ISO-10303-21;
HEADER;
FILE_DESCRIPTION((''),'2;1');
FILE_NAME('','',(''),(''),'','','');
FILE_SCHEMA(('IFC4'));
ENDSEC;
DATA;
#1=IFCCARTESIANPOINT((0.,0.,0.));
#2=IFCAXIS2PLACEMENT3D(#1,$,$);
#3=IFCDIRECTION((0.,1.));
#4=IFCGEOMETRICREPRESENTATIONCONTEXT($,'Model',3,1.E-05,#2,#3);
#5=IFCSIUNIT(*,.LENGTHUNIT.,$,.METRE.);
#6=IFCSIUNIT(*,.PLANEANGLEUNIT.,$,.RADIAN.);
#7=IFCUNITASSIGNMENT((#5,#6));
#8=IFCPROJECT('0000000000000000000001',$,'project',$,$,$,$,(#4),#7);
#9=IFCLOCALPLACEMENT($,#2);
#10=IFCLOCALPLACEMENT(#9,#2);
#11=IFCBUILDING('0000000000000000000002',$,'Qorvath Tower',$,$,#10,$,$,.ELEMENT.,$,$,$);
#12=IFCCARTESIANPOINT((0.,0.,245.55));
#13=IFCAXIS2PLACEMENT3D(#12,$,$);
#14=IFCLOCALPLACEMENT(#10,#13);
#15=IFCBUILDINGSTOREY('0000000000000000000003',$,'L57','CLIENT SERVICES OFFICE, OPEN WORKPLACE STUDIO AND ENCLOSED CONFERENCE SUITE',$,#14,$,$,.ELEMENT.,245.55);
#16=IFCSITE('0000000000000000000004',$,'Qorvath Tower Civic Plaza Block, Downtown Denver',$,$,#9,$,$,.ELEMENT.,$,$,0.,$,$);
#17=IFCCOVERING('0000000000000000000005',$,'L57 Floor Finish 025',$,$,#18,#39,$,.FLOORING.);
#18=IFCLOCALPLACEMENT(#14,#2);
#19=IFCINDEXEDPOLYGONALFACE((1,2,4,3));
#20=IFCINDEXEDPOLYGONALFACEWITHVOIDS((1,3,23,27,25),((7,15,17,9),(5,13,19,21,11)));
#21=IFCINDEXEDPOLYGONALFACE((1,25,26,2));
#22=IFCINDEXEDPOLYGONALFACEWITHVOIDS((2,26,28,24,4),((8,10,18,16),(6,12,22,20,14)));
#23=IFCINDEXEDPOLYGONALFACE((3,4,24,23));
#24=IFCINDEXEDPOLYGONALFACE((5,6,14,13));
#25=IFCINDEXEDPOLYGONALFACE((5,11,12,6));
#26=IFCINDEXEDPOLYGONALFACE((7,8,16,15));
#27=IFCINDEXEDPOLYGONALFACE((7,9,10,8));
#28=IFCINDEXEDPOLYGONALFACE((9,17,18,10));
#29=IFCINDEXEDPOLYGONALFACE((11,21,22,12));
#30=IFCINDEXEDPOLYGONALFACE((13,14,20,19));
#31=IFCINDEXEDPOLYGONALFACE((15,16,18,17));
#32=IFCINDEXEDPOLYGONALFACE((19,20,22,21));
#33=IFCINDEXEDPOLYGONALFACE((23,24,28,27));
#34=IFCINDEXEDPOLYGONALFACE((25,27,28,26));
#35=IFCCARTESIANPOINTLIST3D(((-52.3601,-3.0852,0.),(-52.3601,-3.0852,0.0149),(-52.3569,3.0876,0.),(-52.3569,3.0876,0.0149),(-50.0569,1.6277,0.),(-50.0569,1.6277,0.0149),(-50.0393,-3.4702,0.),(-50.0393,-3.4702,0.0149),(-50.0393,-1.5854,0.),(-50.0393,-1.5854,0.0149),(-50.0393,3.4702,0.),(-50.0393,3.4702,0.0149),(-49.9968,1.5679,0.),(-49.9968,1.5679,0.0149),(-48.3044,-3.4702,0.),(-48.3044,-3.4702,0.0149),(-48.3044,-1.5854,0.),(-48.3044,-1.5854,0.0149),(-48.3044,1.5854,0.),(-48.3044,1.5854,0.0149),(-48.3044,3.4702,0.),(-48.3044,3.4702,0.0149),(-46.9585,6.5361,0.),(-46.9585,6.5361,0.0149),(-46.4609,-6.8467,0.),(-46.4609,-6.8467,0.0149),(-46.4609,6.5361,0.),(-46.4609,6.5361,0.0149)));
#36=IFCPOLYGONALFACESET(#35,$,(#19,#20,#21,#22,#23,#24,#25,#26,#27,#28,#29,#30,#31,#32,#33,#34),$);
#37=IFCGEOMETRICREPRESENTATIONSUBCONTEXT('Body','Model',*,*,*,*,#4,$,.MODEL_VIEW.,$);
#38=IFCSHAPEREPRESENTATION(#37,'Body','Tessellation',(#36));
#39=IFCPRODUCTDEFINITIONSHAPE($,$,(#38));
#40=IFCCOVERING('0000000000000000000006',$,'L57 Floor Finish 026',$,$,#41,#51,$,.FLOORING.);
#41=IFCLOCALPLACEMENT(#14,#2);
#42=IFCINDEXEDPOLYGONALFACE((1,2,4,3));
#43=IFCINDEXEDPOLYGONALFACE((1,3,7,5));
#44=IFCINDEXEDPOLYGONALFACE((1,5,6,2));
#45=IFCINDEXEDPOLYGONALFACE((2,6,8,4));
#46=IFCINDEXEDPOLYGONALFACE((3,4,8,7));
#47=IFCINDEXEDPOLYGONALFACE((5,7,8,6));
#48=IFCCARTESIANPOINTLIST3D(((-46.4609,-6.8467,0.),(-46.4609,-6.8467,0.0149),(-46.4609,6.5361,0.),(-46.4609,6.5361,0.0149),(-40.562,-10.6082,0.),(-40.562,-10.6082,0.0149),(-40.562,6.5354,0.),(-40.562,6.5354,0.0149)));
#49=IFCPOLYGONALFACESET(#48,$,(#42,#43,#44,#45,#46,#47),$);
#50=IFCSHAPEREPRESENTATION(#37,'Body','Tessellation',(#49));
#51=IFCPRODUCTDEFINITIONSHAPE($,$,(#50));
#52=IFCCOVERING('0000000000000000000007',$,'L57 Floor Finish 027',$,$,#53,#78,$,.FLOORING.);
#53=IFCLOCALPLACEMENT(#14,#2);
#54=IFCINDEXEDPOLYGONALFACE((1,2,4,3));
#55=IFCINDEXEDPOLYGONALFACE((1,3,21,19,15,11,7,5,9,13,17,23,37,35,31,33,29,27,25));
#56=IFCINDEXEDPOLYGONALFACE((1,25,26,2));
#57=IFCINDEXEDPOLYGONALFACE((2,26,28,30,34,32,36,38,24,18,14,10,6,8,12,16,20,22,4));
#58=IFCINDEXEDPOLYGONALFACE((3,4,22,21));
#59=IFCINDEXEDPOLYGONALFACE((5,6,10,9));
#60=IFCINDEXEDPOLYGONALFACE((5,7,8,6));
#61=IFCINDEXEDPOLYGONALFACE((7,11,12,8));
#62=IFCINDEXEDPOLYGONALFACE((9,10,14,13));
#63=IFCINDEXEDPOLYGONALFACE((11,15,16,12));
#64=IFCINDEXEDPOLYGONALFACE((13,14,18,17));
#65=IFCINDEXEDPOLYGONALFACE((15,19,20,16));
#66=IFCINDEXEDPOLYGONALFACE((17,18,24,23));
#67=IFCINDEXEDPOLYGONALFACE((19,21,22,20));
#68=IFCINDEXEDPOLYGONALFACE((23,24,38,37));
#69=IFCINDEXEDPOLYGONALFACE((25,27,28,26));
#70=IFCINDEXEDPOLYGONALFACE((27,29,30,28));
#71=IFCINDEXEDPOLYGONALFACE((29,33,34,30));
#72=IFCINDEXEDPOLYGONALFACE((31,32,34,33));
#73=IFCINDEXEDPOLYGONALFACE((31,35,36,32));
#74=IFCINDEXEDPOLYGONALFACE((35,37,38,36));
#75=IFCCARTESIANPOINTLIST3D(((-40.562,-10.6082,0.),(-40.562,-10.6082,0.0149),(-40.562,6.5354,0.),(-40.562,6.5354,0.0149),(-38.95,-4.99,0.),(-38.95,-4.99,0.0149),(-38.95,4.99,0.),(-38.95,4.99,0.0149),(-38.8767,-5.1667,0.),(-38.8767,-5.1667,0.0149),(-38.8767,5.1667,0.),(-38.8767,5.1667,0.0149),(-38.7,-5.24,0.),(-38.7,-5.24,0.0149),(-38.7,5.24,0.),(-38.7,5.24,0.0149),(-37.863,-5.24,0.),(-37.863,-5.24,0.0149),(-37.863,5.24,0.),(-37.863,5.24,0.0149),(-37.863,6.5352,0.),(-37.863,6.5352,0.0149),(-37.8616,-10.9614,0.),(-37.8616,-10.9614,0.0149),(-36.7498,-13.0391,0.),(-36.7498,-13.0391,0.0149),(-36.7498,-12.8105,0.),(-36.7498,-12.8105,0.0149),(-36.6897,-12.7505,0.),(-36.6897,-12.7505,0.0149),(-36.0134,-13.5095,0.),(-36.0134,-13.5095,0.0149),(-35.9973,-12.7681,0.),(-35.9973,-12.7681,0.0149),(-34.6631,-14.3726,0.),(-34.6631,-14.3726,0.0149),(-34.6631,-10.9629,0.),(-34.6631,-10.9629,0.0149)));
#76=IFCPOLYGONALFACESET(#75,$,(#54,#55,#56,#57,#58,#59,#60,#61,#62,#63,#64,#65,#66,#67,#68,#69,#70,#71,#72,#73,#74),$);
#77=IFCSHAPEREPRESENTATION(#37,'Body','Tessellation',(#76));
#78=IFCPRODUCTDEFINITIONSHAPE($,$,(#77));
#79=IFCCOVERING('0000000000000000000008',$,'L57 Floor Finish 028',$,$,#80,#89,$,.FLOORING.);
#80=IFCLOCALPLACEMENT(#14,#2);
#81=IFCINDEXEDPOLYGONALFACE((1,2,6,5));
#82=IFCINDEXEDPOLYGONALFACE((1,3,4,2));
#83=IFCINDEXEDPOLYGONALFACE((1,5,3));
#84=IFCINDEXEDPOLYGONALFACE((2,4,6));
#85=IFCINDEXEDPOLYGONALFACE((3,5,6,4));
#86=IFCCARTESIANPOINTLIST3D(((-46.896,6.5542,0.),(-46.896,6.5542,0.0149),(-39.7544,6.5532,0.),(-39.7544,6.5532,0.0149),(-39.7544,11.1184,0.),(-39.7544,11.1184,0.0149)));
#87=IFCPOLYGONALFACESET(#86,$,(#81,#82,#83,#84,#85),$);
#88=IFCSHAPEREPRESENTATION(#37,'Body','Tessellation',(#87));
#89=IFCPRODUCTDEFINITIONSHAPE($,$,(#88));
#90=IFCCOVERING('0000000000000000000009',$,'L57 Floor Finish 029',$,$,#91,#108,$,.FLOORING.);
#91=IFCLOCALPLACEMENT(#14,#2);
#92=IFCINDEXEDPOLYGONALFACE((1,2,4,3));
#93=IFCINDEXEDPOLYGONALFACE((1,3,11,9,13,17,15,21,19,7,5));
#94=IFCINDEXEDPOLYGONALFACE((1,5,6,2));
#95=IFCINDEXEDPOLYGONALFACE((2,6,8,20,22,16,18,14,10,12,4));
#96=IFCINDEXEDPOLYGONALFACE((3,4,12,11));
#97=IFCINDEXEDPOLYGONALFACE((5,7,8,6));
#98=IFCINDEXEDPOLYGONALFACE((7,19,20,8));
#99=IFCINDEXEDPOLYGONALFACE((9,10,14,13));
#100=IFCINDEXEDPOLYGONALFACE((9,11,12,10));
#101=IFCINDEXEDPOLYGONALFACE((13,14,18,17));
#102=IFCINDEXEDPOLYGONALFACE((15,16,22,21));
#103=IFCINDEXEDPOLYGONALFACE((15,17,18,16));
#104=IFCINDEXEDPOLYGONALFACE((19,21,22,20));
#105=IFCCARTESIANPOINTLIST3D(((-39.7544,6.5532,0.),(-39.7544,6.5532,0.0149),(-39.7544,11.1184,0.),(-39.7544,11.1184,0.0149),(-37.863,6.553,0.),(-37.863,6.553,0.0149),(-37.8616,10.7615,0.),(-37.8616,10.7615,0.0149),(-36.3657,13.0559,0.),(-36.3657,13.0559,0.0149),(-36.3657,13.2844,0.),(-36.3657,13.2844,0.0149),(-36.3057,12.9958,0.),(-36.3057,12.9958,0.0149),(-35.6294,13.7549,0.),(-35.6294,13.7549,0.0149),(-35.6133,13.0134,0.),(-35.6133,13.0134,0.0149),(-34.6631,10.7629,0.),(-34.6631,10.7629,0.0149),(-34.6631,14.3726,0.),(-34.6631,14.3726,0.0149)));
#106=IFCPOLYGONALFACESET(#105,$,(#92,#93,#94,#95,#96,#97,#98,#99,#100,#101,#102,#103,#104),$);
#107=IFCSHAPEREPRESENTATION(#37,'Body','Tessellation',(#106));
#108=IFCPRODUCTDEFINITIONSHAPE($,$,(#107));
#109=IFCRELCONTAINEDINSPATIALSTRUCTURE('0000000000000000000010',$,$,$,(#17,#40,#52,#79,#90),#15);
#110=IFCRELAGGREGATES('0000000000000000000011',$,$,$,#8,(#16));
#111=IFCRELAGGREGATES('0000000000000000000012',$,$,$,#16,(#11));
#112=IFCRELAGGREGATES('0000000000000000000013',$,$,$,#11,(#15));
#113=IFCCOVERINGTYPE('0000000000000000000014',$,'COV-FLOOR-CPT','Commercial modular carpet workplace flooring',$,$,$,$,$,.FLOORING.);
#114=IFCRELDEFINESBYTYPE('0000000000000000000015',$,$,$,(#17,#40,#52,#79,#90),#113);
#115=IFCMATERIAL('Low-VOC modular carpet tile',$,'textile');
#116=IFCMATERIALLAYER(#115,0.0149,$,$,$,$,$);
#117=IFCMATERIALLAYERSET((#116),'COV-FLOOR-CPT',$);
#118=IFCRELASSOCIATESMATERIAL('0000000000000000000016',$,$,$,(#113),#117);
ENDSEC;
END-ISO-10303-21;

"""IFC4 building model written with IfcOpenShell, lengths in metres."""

from ifc_helpers import new_model, si_unit, direction, frame, origin, place, context, subcontext, project, spatial, polyline, outline, extrude, material, layer, layer_set, type_object, element, save


model = new_model("IFC4")

# Units and contexts
model_context = context("Model", 3, precision=1e-05, world=origin(), true_north=direction((0.0, 1.0)))
body_context = subcontext(model_context, "Body", "Model", "MODEL_VIEW")
ifc_project = project(units=[si_unit("LENGTHUNIT", "METRE"), si_unit("PLANEANGLEUNIT", "RADIAN")], contexts=[model_context])

# Site, building, storey
site_placement = place(None, origin())
site = spatial("IfcSite", under=ifc_project, at=site_placement, Name="Qorvath Tower Civic Plaza Block, Downtown Denver", CompositionType="ELEMENT", RefElevation=0.0)
building_placement = place(site_placement, origin())
building = spatial("IfcBuilding", under=site, at=building_placement, Name="Qorvath Tower", CompositionType="ELEMENT")
storey_placement = place(building_placement, frame((0.0, 0.0, 245.55)))
storey = spatial("IfcBuildingStorey", under=building, at=storey_placement, Name="L57", Description="CLIENT SERVICES OFFICE, OPEN WORKPLACE STUDIO AND ENCLOSED CONFERENCE SUITE", CompositionType="ELEMENT", Elevation=245.55)

# Coverings
ifc_material_1 = material(Name="Low-VOC modular carpet tile", Category="textile")
ifc_layer_1 = layer(ifc_material_1, 0.0149)
ifc_layer_set_1 = layer_set([ifc_layer_1], Name="COV-FLOOR-CPT")
covering_type_1 = type_object("IfcCoveringType", Name="COV-FLOOR-CPT", Description="Commercial modular carpet workplace flooring", PredefinedType="FLOORING", material=ifc_layer_set_1)
covering_1_placement = place(storey_placement, origin())
element("IfcCovering", 1, at=covering_1_placement, inside=storey, type_object=covering_type_1, Name="L57 Floor Finish 025", PredefinedType="FLOORING", context=body_context, shape_type="SweptSolid", body=[
    extrude(outline(polyline([(-52.3569, 3.0876), (-52.3601, -3.0852), (-46.4609, -6.8467), (-46.4609, 6.5361), (-46.9585, 6.5361), (-52.3569, 3.0876)]), holes=[polyline([(-50.0569, 1.6277), (-50.0393, 3.4702), (-48.3044, 3.4702), (-48.3044, 1.5854), (-49.9968, 1.5679), (-50.0569, 1.6277)]), polyline([(-50.0393, -3.4702), (-50.0393, -1.5854), (-48.3044, -1.5854), (-48.3044, -3.4702), (-50.0393, -3.4702)])]), origin(), (0.0, 0.0, 1.0), 0.0149),
])
covering_2_placement = place(storey_placement, origin())
element("IfcCovering", 2, at=covering_2_placement, inside=storey, type_object=covering_type_1, Name="L57 Floor Finish 026", PredefinedType="FLOORING", context=body_context, shape_type="SweptSolid", body=[
    extrude(outline(polyline([(-46.4609, 6.5361), (-46.4609, -6.8467), (-40.562, -10.6082), (-40.562, 6.5354), (-46.4609, 6.5361)])), origin(), (0.0, 0.0, 1.0), 0.0149),
])
covering_3_placement = place(storey_placement, origin())
element("IfcCovering", 3, at=covering_3_placement, inside=storey, type_object=covering_type_1, Name="L57 Floor Finish 027", PredefinedType="FLOORING", context=body_context, shape_type="SweptSolid", body=[
    extrude(outline(polyline([(-40.562, 6.5354), (-40.562, -10.6082), (-36.7498, -13.0391), (-36.7498, -12.8105), (-36.6897, -12.7505), (-35.9973, -12.7681), (-36.0134, -13.5095), (-34.6631, -14.3726), (-34.6631, -10.9629), (-37.8616, -10.9614), (-37.863, -5.24), (-38.7, -5.24), (-38.8767, -5.1667), (-38.95, -4.99), (-38.95, 4.99), (-38.8767, 5.1667), (-38.7, 5.24), (-37.863, 5.24), (-37.863, 6.5352), (-40.562, 6.5354)])), origin(), (0.0, 0.0, 1.0), 0.0149),
])
covering_4_placement = place(storey_placement, origin())
element("IfcCovering", 4, at=covering_4_placement, inside=storey, type_object=covering_type_1, Name="L57 Floor Finish 028", PredefinedType="FLOORING", context=body_context, shape_type="SweptSolid", body=[
    extrude(outline(polyline([(-39.7544, 6.5532), (-39.7544, 11.1184), (-46.896, 6.5542), (-39.7544, 6.5532)])), origin(), (0.0, 0.0, 1.0), 0.0149),
])
covering_5_placement = place(storey_placement, origin())
element("IfcCovering", 5, at=covering_5_placement, inside=storey, type_object=covering_type_1, Name="L57 Floor Finish 029", PredefinedType="FLOORING", context=body_context, shape_type="SweptSolid", body=[
    extrude(outline(polyline([(-34.6631, 10.7629), (-34.6631, 14.3726), (-35.6294, 13.7549), (-35.6133, 13.0134), (-36.3057, 12.9958), (-36.3657, 13.0559), (-36.3657, 13.2844), (-39.7544, 11.1184), (-39.7544, 6.5532), (-37.863, 6.553), (-37.8616, 10.7615), (-34.6631, 10.7629)])), origin(), (0.0, 0.0, 1.0), 0.0149),
])

save(model, "model.ifc")
